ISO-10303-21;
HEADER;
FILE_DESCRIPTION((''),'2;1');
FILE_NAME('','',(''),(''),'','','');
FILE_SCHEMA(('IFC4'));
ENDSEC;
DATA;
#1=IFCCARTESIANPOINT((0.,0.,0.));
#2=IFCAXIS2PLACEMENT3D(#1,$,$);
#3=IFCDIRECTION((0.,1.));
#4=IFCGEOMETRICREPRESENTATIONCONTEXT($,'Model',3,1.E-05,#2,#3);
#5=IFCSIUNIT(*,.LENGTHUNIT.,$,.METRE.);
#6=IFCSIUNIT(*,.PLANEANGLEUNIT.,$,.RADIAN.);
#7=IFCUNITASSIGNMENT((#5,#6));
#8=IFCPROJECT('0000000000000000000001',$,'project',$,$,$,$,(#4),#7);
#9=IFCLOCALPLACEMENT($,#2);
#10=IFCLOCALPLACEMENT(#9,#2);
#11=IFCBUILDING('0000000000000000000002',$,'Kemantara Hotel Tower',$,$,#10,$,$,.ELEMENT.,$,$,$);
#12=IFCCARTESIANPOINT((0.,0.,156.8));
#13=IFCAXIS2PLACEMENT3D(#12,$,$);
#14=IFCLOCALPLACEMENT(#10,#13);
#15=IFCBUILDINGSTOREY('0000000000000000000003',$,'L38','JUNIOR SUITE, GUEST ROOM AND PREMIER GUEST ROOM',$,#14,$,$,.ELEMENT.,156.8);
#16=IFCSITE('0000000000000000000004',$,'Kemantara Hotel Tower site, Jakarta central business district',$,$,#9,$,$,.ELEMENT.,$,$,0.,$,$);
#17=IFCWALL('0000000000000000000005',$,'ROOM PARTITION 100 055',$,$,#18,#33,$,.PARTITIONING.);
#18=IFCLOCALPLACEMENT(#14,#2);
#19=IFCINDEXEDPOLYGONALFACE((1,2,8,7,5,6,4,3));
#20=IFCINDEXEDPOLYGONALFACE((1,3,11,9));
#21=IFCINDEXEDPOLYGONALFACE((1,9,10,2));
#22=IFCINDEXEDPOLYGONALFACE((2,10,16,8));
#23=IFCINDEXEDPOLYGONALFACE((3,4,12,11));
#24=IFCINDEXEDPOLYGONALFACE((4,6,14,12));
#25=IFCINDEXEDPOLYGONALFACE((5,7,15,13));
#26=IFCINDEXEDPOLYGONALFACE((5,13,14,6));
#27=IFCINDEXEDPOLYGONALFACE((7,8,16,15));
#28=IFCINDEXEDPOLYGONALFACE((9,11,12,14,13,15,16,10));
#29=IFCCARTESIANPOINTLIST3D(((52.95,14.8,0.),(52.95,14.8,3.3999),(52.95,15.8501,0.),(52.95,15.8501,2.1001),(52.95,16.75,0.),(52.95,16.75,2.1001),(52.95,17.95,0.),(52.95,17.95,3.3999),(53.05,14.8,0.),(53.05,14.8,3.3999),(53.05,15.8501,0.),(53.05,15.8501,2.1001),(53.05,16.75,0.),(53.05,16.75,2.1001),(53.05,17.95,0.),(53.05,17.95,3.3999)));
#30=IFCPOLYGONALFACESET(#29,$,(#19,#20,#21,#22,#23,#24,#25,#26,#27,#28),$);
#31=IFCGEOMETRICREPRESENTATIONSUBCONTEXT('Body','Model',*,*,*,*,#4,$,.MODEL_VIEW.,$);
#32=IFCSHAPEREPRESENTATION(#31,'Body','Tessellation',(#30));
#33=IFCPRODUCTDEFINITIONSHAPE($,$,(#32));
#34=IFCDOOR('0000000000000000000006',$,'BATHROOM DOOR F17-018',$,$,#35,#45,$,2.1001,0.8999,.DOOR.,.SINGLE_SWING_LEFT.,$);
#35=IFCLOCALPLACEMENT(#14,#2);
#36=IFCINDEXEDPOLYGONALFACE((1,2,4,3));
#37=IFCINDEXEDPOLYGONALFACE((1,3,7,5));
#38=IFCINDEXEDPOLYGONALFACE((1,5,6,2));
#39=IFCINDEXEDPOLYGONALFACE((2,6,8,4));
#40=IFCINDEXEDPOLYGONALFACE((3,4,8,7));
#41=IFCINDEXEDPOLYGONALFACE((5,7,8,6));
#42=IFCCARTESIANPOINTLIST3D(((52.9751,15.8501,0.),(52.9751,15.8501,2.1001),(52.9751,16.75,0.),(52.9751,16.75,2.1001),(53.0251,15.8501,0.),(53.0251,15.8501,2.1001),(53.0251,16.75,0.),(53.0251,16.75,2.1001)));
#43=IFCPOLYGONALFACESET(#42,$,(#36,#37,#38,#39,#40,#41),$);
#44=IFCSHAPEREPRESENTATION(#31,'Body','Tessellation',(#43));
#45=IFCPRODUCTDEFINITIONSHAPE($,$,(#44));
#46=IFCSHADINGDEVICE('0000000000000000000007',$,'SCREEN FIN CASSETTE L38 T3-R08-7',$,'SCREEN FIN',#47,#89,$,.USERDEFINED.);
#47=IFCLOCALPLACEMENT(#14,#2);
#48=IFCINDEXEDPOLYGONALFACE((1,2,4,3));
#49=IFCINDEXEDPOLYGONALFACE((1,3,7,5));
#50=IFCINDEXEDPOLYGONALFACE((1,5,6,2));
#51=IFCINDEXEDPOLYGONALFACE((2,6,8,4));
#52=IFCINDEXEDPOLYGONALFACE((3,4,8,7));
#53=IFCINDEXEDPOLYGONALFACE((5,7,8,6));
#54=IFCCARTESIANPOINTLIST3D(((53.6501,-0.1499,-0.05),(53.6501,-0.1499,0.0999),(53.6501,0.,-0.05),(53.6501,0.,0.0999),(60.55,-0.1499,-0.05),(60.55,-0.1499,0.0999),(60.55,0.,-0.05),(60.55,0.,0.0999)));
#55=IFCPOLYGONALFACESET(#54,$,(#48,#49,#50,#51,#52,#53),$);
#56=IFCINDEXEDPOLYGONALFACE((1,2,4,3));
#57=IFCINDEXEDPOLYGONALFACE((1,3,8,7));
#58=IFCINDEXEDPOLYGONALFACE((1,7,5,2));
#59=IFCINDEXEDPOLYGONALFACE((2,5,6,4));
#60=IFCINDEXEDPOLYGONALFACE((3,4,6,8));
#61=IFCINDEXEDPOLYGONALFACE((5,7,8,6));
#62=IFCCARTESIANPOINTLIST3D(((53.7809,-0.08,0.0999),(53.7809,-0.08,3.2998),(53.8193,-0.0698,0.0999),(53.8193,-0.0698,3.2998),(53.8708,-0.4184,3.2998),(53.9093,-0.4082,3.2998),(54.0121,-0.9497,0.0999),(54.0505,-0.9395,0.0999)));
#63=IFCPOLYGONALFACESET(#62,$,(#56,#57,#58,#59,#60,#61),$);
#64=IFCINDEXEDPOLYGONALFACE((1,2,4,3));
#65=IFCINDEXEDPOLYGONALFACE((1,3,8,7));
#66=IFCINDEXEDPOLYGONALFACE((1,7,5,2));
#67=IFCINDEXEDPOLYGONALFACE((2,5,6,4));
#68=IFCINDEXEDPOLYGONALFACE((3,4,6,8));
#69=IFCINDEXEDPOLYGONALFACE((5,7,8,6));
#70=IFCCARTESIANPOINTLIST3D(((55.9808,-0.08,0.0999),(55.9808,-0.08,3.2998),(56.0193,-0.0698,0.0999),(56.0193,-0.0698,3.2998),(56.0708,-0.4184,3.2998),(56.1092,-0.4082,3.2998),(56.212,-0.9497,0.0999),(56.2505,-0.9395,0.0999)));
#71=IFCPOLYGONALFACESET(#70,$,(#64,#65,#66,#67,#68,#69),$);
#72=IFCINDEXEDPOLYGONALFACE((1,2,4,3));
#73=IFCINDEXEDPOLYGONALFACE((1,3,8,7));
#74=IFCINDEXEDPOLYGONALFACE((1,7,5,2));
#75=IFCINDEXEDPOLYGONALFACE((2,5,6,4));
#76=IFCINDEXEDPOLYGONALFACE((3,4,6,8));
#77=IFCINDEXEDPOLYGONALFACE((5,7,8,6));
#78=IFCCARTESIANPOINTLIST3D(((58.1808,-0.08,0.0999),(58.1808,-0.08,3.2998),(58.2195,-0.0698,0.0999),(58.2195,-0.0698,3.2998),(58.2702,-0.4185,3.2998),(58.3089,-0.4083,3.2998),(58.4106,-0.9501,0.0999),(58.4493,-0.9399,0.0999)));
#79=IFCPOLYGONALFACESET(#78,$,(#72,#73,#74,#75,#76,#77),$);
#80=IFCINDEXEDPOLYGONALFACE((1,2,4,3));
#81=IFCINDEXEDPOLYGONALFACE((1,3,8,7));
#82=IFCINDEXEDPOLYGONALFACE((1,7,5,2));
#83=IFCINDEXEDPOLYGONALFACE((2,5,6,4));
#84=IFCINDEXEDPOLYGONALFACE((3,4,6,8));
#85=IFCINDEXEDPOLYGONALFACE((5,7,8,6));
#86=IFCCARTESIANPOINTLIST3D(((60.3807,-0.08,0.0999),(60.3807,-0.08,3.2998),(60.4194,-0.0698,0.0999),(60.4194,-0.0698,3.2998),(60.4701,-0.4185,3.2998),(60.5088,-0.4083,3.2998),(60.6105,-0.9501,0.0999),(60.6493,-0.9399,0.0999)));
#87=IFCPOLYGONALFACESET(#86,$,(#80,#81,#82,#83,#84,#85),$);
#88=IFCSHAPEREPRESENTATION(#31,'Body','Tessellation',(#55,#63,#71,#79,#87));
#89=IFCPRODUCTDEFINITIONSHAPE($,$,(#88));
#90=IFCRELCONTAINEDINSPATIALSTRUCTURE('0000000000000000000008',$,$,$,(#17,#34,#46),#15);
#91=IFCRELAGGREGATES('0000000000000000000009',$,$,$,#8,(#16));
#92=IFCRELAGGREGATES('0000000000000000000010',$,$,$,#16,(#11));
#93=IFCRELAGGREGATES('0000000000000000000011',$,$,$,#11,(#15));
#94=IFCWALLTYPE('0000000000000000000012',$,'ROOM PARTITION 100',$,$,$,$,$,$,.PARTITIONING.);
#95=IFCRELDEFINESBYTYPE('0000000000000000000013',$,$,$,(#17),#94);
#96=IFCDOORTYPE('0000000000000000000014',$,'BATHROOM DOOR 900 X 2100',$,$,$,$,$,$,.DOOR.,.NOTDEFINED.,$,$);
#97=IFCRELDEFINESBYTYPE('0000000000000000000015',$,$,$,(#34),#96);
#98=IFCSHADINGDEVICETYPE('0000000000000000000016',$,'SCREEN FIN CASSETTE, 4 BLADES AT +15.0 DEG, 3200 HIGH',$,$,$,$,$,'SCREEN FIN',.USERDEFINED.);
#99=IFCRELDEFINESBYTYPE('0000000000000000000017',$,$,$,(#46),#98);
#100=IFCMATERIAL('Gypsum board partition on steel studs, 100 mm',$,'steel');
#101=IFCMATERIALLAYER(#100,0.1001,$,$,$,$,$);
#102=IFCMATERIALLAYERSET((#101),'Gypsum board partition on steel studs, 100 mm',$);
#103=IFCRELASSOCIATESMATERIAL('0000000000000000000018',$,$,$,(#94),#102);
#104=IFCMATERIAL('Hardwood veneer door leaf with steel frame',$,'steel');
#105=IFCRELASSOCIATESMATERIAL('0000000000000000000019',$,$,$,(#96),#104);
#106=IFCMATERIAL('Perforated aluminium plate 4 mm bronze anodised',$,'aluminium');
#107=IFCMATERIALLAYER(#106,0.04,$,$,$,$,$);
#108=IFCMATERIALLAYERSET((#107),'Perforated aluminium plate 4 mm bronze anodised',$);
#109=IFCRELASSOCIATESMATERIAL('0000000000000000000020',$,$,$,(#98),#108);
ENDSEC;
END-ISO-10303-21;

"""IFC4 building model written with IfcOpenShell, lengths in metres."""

from ifc_helpers import new_model, si_unit, direction, frame, frame_2d, origin, origin_2d, place, context, subcontext, project, spatial, polyline, rectangle, outline, extrude, source, transform, mapped, material, layer, layer_set, type_object, element, fill, save


model = new_model("IFC4")

# Units and contexts
model_context = context("Model", 3, precision=1e-05, world=origin(), true_north=direction((0.0, 1.0)))
body_context = subcontext(model_context, "Body", "Model", "MODEL_VIEW")
ifc_project = project(units=[si_unit("LENGTHUNIT", "METRE"), si_unit("PLANEANGLEUNIT", "RADIAN")], contexts=[model_context])

# Site, building, storey
site_placement = place(None, origin())
site = spatial("IfcSite", under=ifc_project, at=site_placement, Name="Kemantara Hotel Tower site, Jakarta central business district", CompositionType="ELEMENT", RefElevation=0.0)
building_placement = place(site_placement, origin())
building = spatial("IfcBuilding", under=site, at=building_placement, Name="Kemantara Hotel Tower", CompositionType="ELEMENT")
storey_placement = place(building_placement, frame((0.0, 0.0, 156.8)))
storey = spatial("IfcBuildingStorey", under=building, at=storey_placement, Name="L38", Description="JUNIOR SUITE, GUEST ROOM AND PREMIER GUEST ROOM", CompositionType="ELEMENT", Elevation=156.8)

# Shared definitions
ifc_material_1 = material(Name="Hardwood veneer door leaf with steel frame", Category="steel")

# Shared definitions
ifc_material_2 = material(Name="Gypsum board partition on steel studs, 100 mm", Category="steel")
ifc_layer_1 = layer(ifc_material_2, 0.1001)
ifc_layer_set_1 = layer_set([ifc_layer_1], Name="Gypsum board partition on steel studs, 100 mm")
wall_type_1 = type_object("IfcWallType", Name="ROOM PARTITION 100", PredefinedType="PARTITIONING", material=ifc_layer_set_1)

# Shared definitions
door_type_1 = type_object("IfcDoorType", Name="BATHROOM DOOR 900 X 2100", OperationType="NOTDEFINED", PredefinedType="DOOR", material=ifc_material_1)

# Wall, opening, door
wall_1_placement = place(storey_placement, frame((53.0, 14.8, 0.0), z_axis=(0.0, 0.0, 1.0), x_axis=(0.0, 1.0, 0.0)))
wall_1 = element("IfcWall", 1, at=wall_1_placement, inside=storey, type_object=wall_type_1, Name="ROOM PARTITION 100 055", PredefinedType="PARTITIONING", context=body_context, shape_type="SweptSolid", body=[
    extrude(rectangle(XDim=3.1499, YDim=0.1001, at=frame_2d((1.575, 0.0))), origin(), (0.0, 0.0, 1.0), 3.3999),
])
opening_1_placement = place(wall_1_placement, frame((1.05, 0.0, 0.0)))
opening_1 = element("IfcOpeningElement", 2, at=opening_1_placement, cuts=wall_1, PredefinedType="OPENING", context=body_context, shape_type="SweptSolid", body=[
    extrude(rectangle(XDim=0.8999, YDim=2.1001, at=frame_2d((0.45, 1.05))), frame((0.0, 0.0601, 0.0), z_axis=(0.0, -1.0, 0.0), x_axis=(1.0, 0.0, 0.0)), (0.0, 0.0, 1.0), 0.1201),
])
door_1_placement = place(opening_1_placement, origin())
door_1 = element("IfcDoor", 3, at=door_1_placement, inside=storey, type_object=door_type_1, Name="BATHROOM DOOR F17-018", OperationType="SINGLE_SWING_LEFT", OverallHeight=2.1001, OverallWidth=0.8999, PredefinedType="DOOR", context=body_context, shape_type="SweptSolid", body=[
    extrude(rectangle(XDim=0.8999, YDim=2.1001, at=frame_2d((0.45, 1.05))), frame((0.0, 0.0249, 0.0), z_axis=(0.0, -1.0, 0.0), x_axis=(1.0, 0.0, 0.0)), (0.0, 0.0, 1.0), 0.05),
])
fill(opening_1, door_1)

# Shading device
ifc_material_3 = material(Name="Perforated aluminium plate 4 mm bronze anodised", Category="aluminium")
ifc_layer_2 = layer(ifc_material_3, 0.04)
ifc_layer_set_2 = layer_set([ifc_layer_2], Name="Perforated aluminium plate 4 mm bronze anodised")
shading_device_type = type_object("IfcShadingDeviceType", Name="SCREEN FIN CASSETTE, 4 BLADES AT +15.0 DEG, 3200 HIGH", ElementType="SCREEN FIN", PredefinedType="USERDEFINED", material=ifc_layer_set_2)
shared_shape = source(origin(), body_context, "Body", "SweptSolid", [
    extrude(rectangle(XDim=6.8999, YDim=0.1499, at=origin_2d()), frame((3.3, -0.075, -0.1499), z_axis=(0.0, 0.0, 1.0), x_axis=(1.0, 0.0, 0.0)), (0.0, 0.0, 1.0), 0.1499),
    extrude(outline(polyline([(0.0, 0.0), (0.8999, 0.0), (0.3501, 3.2), (0.0, 3.2), (0.0, 0.0)])), frame((0.0193, -0.0698, 0.0), z_axis=(-0.966438, -0.256901, 0.0), x_axis=(0.256901, -0.966438, 0.0)), (0.0, 0.0, 1.0), 0.0398),
    extrude(outline(polyline([(0.0, 0.0), (0.8999, 0.0), (0.3501, 3.2), (0.0, 3.2), (0.0, 0.0)])), frame((2.2192, -0.0698, 0.0), z_axis=(-0.966438, -0.256901, 0.0), x_axis=(0.256901, -0.966438, 0.0)), (0.0, 0.0, 1.0), 0.0398),
    extrude(outline(polyline([(0.0, 0.0), (0.8999, 0.0), (0.3501, 3.2), (0.0, 3.2), (0.0, 0.0)])), frame((4.4194, -0.0698, 0.0), z_axis=(-0.966838, -0.255391, 0.0), x_axis=(0.255391, -0.966838, 0.0)), (0.0, 0.0, 1.0), 0.04),
    extrude(outline(polyline([(0.0, 0.0), (0.8999, 0.0), (0.3501, 3.2), (0.0, 3.2), (0.0, 0.0)])), frame((6.6194, -0.0698, 0.0), z_axis=(-0.966838, -0.255391, 0.0), x_axis=(0.255391, -0.966838, 0.0)), (0.0, 0.0, 1.0), 0.04),
])
shading_device_placement = place(storey_placement, frame((53.8, 0.0, 0.0999), z_axis=(0.0, 0.0, 1.0), x_axis=(1.0, 0.0, 0.0)))
element("IfcShadingDevice", 4, at=shading_device_placement, inside=storey, type_object=shading_device_type, Name="SCREEN FIN CASSETTE L38 T3-R08-7", ObjectType="SCREEN FIN", PredefinedType="USERDEFINED", context=body_context, shape_type="MappedRepresentation", body=[
    mapped(shared_shape, transform((0.0, 0.0, 0.0))),
])

save(model, "model.ifc")
